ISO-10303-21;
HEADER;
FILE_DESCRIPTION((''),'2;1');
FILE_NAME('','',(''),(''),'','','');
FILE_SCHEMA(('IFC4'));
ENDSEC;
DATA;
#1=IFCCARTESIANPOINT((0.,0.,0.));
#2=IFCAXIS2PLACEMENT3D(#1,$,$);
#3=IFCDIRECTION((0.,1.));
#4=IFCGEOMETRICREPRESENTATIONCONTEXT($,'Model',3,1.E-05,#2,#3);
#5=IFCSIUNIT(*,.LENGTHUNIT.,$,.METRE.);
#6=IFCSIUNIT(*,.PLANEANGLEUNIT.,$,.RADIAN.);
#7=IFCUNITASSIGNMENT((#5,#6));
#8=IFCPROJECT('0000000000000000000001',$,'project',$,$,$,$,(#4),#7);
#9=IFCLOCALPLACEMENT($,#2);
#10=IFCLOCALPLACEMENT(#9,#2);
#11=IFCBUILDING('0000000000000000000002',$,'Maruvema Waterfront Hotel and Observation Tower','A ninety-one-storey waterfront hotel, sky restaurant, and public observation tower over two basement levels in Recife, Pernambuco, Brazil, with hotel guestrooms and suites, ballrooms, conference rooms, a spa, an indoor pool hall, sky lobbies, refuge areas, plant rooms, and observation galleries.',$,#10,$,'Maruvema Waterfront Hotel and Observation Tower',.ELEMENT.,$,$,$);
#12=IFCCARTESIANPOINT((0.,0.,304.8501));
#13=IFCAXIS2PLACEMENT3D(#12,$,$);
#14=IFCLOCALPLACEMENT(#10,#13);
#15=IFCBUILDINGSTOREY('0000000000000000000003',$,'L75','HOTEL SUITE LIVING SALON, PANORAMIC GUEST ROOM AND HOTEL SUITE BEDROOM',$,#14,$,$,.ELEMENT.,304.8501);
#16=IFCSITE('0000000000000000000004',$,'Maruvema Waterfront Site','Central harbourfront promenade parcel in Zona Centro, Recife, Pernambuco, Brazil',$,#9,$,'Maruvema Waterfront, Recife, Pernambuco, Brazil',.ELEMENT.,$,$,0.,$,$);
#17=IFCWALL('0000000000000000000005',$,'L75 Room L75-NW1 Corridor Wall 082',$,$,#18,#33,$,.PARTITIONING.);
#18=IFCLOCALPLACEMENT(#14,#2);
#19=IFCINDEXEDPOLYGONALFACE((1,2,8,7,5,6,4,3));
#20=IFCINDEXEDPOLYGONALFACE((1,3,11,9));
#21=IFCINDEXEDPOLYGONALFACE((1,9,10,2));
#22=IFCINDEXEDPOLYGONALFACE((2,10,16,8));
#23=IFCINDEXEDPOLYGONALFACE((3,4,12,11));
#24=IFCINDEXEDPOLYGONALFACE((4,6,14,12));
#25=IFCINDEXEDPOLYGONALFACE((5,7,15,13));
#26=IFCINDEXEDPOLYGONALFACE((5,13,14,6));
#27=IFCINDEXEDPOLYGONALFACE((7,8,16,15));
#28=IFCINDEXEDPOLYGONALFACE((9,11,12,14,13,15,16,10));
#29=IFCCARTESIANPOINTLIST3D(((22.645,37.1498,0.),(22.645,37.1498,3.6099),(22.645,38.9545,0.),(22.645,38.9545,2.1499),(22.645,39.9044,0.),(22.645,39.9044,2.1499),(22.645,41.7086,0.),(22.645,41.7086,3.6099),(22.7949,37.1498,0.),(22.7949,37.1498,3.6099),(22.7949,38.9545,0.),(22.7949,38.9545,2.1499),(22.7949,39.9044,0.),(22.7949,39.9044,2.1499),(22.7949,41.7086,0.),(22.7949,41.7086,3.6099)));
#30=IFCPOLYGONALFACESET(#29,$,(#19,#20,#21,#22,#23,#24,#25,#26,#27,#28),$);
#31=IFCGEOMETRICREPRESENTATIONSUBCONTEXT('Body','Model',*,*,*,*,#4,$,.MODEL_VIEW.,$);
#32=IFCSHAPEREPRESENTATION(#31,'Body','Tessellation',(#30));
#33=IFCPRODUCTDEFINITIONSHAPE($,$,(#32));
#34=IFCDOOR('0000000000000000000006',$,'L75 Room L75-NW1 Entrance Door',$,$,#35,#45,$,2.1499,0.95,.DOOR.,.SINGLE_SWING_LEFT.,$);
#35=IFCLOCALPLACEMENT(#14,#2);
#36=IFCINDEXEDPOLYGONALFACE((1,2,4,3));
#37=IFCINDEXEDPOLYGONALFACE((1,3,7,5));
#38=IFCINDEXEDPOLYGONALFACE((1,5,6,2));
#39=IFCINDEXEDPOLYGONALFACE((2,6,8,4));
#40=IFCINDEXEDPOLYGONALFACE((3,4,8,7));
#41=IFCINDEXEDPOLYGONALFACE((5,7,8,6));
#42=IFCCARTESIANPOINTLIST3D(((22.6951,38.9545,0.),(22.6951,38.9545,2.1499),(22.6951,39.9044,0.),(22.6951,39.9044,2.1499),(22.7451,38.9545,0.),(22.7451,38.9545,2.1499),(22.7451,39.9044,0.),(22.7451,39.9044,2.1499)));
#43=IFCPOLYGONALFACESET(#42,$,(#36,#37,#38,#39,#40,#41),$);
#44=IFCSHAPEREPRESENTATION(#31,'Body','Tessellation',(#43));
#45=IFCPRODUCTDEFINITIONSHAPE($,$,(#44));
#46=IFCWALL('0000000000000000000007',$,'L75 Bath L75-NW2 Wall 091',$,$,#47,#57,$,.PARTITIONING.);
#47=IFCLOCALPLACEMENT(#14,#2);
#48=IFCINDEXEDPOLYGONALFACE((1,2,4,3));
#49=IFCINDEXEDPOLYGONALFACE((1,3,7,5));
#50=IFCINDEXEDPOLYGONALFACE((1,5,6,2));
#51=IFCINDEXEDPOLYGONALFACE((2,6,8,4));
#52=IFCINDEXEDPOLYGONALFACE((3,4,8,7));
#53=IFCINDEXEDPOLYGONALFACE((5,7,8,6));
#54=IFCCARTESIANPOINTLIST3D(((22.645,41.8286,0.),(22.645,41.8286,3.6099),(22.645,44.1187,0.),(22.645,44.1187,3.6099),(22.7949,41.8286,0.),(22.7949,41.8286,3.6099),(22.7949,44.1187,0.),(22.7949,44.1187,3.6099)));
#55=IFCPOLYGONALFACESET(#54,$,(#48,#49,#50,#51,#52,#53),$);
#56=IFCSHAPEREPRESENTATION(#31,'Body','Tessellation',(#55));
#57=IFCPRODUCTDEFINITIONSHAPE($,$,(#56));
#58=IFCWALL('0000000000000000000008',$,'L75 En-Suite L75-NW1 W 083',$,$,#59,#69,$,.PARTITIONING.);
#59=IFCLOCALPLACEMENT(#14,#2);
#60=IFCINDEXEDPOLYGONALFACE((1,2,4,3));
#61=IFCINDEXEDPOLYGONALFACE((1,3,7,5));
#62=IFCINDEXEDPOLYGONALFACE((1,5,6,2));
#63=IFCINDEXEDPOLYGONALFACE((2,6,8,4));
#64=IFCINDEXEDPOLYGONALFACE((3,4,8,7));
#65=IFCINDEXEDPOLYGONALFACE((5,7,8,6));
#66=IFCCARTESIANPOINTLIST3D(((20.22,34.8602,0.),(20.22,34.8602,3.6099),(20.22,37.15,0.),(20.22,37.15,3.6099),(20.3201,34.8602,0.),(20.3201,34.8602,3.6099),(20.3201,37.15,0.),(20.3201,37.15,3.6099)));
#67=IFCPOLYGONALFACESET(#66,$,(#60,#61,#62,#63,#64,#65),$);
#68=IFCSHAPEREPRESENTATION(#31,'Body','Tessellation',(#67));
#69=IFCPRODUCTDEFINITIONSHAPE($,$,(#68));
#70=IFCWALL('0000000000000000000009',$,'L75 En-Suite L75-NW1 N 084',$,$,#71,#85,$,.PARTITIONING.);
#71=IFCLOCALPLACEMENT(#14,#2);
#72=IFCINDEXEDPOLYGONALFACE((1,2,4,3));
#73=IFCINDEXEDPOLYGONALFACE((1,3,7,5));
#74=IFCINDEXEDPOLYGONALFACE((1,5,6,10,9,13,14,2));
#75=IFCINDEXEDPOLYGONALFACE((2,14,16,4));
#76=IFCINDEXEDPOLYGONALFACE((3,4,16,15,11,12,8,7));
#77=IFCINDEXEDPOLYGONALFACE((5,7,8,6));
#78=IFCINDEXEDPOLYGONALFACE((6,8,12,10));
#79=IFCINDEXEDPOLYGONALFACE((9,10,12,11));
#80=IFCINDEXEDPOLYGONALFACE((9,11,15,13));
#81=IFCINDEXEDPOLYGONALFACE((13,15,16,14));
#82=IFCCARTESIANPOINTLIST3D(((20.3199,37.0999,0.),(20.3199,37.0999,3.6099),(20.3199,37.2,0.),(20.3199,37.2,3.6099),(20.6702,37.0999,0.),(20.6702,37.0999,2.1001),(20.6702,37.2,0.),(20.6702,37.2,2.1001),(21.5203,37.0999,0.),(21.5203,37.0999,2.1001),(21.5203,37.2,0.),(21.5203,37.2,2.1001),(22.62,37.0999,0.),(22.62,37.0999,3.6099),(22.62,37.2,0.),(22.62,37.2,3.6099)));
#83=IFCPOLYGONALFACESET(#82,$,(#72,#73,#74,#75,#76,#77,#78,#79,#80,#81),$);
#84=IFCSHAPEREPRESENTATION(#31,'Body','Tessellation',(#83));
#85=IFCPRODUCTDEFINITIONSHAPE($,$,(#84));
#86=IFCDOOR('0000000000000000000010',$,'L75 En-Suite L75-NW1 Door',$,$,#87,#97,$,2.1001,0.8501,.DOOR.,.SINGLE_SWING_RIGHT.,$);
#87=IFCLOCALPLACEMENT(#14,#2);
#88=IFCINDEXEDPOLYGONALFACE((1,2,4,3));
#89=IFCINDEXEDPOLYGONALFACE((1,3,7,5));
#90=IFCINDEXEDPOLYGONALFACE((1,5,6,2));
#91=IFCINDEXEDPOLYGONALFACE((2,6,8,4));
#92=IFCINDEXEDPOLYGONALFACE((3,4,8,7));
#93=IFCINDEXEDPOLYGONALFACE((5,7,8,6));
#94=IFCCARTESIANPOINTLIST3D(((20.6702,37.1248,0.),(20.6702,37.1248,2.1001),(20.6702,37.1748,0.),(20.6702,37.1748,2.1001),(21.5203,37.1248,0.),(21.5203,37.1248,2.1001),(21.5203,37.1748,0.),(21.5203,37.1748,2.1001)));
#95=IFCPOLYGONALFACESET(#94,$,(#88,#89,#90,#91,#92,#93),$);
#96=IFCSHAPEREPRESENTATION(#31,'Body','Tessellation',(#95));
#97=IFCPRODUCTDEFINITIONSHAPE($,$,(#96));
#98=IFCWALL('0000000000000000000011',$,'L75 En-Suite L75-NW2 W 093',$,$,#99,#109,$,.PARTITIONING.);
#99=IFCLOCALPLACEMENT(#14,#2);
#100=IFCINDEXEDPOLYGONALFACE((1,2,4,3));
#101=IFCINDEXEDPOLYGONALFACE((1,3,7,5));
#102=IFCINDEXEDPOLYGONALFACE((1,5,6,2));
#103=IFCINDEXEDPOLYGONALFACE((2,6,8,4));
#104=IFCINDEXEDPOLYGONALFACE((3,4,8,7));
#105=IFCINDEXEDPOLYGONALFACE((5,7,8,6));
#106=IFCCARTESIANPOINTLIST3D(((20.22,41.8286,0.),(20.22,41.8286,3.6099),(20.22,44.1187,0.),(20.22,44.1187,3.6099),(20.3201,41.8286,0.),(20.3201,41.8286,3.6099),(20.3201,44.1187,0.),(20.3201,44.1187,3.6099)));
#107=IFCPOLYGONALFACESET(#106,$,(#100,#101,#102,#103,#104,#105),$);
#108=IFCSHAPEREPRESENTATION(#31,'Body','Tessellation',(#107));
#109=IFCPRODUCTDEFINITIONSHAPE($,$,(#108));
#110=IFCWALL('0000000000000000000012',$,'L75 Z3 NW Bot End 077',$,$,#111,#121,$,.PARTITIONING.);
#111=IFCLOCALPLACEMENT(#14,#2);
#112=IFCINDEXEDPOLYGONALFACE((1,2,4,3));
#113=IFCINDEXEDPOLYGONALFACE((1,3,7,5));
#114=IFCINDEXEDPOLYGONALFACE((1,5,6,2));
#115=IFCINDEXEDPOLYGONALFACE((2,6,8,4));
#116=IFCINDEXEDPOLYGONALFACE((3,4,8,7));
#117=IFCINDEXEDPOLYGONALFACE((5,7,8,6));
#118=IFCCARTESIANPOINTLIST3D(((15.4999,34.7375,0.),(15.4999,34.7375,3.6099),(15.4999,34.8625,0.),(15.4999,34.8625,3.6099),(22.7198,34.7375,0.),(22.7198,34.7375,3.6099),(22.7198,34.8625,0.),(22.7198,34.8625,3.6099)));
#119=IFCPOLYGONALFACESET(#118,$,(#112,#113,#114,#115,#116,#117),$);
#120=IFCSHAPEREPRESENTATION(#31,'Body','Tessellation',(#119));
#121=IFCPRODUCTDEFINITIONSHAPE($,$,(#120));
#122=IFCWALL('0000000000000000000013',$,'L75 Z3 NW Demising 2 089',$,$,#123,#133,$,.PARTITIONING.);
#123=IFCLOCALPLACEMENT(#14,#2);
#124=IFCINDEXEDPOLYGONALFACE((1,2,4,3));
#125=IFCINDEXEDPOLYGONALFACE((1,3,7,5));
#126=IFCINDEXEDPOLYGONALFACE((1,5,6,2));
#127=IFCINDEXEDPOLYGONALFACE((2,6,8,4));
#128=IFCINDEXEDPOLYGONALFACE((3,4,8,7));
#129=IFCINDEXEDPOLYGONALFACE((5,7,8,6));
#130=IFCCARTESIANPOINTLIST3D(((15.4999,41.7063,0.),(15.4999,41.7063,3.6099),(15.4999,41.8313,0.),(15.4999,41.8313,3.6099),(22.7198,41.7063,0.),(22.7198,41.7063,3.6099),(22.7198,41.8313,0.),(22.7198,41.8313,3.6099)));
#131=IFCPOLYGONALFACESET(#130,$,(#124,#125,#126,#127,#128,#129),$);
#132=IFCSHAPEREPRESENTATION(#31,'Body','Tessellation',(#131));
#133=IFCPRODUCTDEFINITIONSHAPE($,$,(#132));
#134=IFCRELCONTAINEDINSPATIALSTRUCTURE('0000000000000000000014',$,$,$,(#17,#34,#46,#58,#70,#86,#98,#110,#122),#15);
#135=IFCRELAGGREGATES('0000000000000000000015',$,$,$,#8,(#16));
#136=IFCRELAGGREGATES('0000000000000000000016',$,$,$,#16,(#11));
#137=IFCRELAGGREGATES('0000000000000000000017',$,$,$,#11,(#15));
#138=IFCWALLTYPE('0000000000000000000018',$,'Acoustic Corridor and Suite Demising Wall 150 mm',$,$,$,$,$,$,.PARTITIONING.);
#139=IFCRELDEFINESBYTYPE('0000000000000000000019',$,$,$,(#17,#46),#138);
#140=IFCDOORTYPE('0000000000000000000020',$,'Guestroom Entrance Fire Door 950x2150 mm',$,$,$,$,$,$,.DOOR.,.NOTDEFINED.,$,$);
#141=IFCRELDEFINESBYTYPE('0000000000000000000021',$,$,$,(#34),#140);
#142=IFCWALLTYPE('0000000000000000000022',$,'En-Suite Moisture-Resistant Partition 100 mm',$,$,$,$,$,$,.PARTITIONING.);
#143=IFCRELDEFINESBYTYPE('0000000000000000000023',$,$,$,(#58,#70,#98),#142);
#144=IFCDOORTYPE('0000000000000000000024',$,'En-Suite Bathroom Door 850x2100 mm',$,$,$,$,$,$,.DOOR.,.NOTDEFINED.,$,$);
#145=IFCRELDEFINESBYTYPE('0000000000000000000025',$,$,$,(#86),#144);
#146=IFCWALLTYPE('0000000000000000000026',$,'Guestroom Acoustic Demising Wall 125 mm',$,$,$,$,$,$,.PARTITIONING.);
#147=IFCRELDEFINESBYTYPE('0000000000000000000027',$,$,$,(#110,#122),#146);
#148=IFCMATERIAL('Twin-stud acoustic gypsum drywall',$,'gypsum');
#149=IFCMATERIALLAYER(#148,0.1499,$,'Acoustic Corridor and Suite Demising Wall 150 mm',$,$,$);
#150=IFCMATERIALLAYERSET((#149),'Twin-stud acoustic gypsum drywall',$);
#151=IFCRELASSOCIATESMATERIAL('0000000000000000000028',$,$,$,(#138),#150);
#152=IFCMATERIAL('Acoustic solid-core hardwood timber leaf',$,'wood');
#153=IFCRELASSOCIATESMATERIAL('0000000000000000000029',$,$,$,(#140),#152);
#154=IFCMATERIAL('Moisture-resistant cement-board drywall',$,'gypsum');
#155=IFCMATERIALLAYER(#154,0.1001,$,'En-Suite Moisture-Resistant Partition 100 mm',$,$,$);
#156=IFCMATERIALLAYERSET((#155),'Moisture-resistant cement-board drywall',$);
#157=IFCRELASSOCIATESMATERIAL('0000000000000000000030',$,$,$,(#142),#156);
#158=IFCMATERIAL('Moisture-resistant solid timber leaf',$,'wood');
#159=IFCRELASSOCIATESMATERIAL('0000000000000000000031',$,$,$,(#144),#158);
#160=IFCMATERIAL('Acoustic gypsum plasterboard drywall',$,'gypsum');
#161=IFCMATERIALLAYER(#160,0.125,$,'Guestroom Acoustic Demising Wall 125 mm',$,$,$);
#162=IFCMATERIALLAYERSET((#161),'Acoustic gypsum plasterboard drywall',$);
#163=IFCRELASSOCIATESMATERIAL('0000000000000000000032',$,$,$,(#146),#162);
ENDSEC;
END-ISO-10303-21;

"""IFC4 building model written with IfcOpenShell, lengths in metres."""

from ifc_helpers import new_model, si_unit, direction, frame, frame_2d, origin, place, context, subcontext, project, spatial, rectangle, extrude, material, layer, layer_set, type_object, element, fill, save


model = new_model("IFC4")

# Units and contexts
model_context = context("Model", 3, precision=1e-05, world=origin(), true_north=direction((0.0, 1.0)))
body_context = subcontext(model_context, "Body", "Model", "MODEL_VIEW")
ifc_project = project(units=[si_unit("LENGTHUNIT", "METRE"), si_unit("PLANEANGLEUNIT", "RADIAN")], contexts=[model_context])

# Site, building, storey
site_placement = place(None, origin())
site = spatial("IfcSite", under=ifc_project, at=site_placement, Name="Maruvema Waterfront Site", Description="Central harbourfront promenade parcel in Zona Centro, Recife, Pernambuco, Brazil", LongName="Maruvema Waterfront, Recife, Pernambuco, Brazil", CompositionType="ELEMENT", RefElevation=0.0)
building_placement = place(site_placement, origin())
building = spatial("IfcBuilding", under=site, at=building_placement, Name="Maruvema Waterfront Hotel and Observation Tower", Description="A ninety-one-storey waterfront hotel, sky restaurant, and public observation tower over two basement levels in Recife, Pernambuco, Brazil, with hotel guestrooms and suites, ballrooms, conference rooms, a spa, an indoor pool hall, sky lobbies, refuge areas, plant rooms, and observation galleries.", LongName="Maruvema Waterfront Hotel and Observation Tower", CompositionType="ELEMENT")
storey_placement = place(building_placement, frame((0.0, 0.0, 304.8501)))
storey = spatial("IfcBuildingStorey", under=building, at=storey_placement, Name="L75", Description="HOTEL SUITE LIVING SALON, PANORAMIC GUEST ROOM AND HOTEL SUITE BEDROOM", CompositionType="ELEMENT", Elevation=304.8501)

# Shared definitions
ifc_material_1 = material(Name="Twin-stud acoustic gypsum drywall", Category="gypsum")
ifc_layer_1 = layer(ifc_material_1, 0.1499, Name="Acoustic Corridor and Suite Demising Wall 150 mm")
ifc_layer_set_1 = layer_set([ifc_layer_1], Name="Twin-stud acoustic gypsum drywall")
wall_type_1 = type_object("IfcWallType", Name="Acoustic Corridor and Suite Demising Wall 150 mm", PredefinedType="PARTITIONING", material=ifc_layer_set_1)

# Wall, opening, door
wall_1_placement = place(storey_placement, frame((22.72, 37.1499, 0.0), z_axis=(0.0, 0.0, 1.0), x_axis=(0.0, 1.0, 0.0)))
wall_1 = element("IfcWall", 1, at=wall_1_placement, inside=storey, type_object=wall_type_1, Name="L75 Room L75-NW1 Corridor Wall 082", PredefinedType="PARTITIONING", context=body_context, shape_type="SweptSolid", body=[
    extrude(rectangle(XDim=4.5588, YDim=0.1499, at=frame_2d((2.2793, 0.0))), origin(), (0.0, 0.0, 1.0), 3.6099),
])
opening_1_placement = place(wall_1_placement, frame((1.8044, 0.0, 0.0)))
opening_1 = element("IfcOpeningElement", 2, at=opening_1_placement, cuts=wall_1, PredefinedType="OPENING", context=body_context, shape_type="SweptSolid", body=[
    extrude(rectangle(XDim=0.95, YDim=2.1499, at=frame_2d((0.4751, 1.075))), frame((0.0, 0.085, 0.0), z_axis=(0.0, -1.0, 0.0), x_axis=(1.0, 0.0, 0.0)), (0.0, 0.0, 1.0), 0.1699),
])
ifc_material_2 = material(Name="Acoustic solid-core hardwood timber leaf", Category="wood")
door_type_1 = type_object("IfcDoorType", Name="Guestroom Entrance Fire Door 950x2150 mm", OperationType="NOTDEFINED", PredefinedType="DOOR", material=ifc_material_2)
door_1_placement = place(opening_1_placement, origin())
door_1 = element("IfcDoor", 3, at=door_1_placement, inside=storey, type_object=door_type_1, Name="L75 Room L75-NW1 Entrance Door", OperationType="SINGLE_SWING_LEFT", OverallHeight=2.1499, OverallWidth=0.95, PredefinedType="DOOR", context=body_context, shape_type="SweptSolid", body=[
    extrude(rectangle(XDim=0.95, YDim=2.1499, at=frame_2d((0.4751, 1.075))), frame((0.0, 0.0249, 0.0), z_axis=(0.0, -1.0, 0.0), x_axis=(1.0, 0.0, 0.0)), (0.0, 0.0, 1.0), 0.05),
])
fill(opening_1, door_1)

# Wall
wall_2_placement = place(storey_placement, frame((22.72, 41.8286, 0.0), z_axis=(0.0, 0.0, 1.0), x_axis=(0.0, 1.0, 0.0)))
element("IfcWall", 4, at=wall_2_placement, inside=storey, type_object=wall_type_1, Name="L75 Bath L75-NW2 Wall 091", PredefinedType="PARTITIONING", context=body_context, shape_type="SweptSolid", body=[
    extrude(rectangle(XDim=2.29, YDim=0.1499, at=frame_2d((1.145, 0.0))), origin(), (0.0, 0.0, 1.0), 3.6099),
])

# Wall
ifc_material_3 = material(Name="Moisture-resistant cement-board drywall", Category="gypsum")
ifc_layer_2 = layer(ifc_material_3, 0.1001, Name="En-Suite Moisture-Resistant Partition 100 mm")
ifc_layer_set_2 = layer_set([ifc_layer_2], Name="Moisture-resistant cement-board drywall")
wall_type_2 = type_object("IfcWallType", Name="En-Suite Moisture-Resistant Partition 100 mm", PredefinedType="PARTITIONING", material=ifc_layer_set_2)
wall_3_placement = place(storey_placement, frame((20.27, 34.8601, 0.0), z_axis=(0.0, 0.0, 1.0), x_axis=(0.0, 1.0, 0.0)))
element("IfcWall", 5, at=wall_3_placement, inside=storey, type_object=wall_type_2, Name="L75 En-Suite L75-NW1 W 083", PredefinedType="PARTITIONING", context=body_context, shape_type="SweptSolid", body=[
    extrude(rectangle(XDim=2.2898, YDim=0.1001, at=frame_2d((1.145, 0.0))), origin(), (0.0, 0.0, 1.0), 3.6099),
])

# Wall, opening, door
wall_4_placement = place(storey_placement, frame((20.3201, 37.1499, 0.0), z_axis=(0.0, 0.0, 1.0), x_axis=(1.0, 0.0, 0.0)))
wall_4 = element("IfcWall", 6, at=wall_4_placement, inside=storey, type_object=wall_type_2, Name="L75 En-Suite L75-NW1 N 084", PredefinedType="PARTITIONING", context=body_context, shape_type="SweptSolid", body=[
    extrude(rectangle(XDim=2.3, YDim=0.1001, at=frame_2d((1.1499, 0.0))), origin(), (0.0, 0.0, 1.0), 3.6099),
])
opening_2_placement = place(wall_4_placement, frame((0.3501, 0.0, 0.0)))
opening_2 = element("IfcOpeningElement", 7, at=opening_2_placement, cuts=wall_4, PredefinedType="OPENING", context=body_context, shape_type="SweptSolid", body=[
    extrude(rectangle(XDim=0.8501, YDim=2.1001, at=frame_2d((0.425, 1.05))), frame((0.0, 0.0601, 0.0), z_axis=(0.0, -1.0, 0.0), x_axis=(1.0, 0.0, 0.0)), (0.0, 0.0, 1.0), 0.1201),
])
ifc_material_4 = material(Name="Moisture-resistant solid timber leaf", Category="wood")
door_type_2 = type_object("IfcDoorType", Name="En-Suite Bathroom Door 850x2100 mm", OperationType="NOTDEFINED", PredefinedType="DOOR", material=ifc_material_4)
door_2_placement = place(opening_2_placement, origin())
door_2 = element("IfcDoor", 8, at=door_2_placement, inside=storey, type_object=door_type_2, Name="L75 En-Suite L75-NW1 Door", OperationType="SINGLE_SWING_RIGHT", OverallHeight=2.1001, OverallWidth=0.8501, PredefinedType="DOOR", context=body_context, shape_type="SweptSolid", body=[
    extrude(rectangle(XDim=0.8501, YDim=2.1001, at=frame_2d((0.425, 1.05))), frame((0.0, 0.0249, 0.0), z_axis=(0.0, -1.0, 0.0), x_axis=(1.0, 0.0, 0.0)), (0.0, 0.0, 1.0), 0.05),
])
fill(opening_2, door_2)

# Walls
wall_5_placement = place(storey_placement, frame((20.27, 41.8286, 0.0), z_axis=(0.0, 0.0, 1.0), x_axis=(0.0, 1.0, 0.0)))
element("IfcWall", 9, at=wall_5_placement, inside=storey, type_object=wall_type_2, Name="L75 En-Suite L75-NW2 W 093", PredefinedType="PARTITIONING", context=body_context, shape_type="SweptSolid", body=[
    extrude(rectangle(XDim=2.29, YDim=0.1001, at=frame_2d((1.145, 0.0))), origin(), (0.0, 0.0, 1.0), 3.6099),
])
ifc_material_5 = material(Name="Acoustic gypsum plasterboard drywall", Category="gypsum")
ifc_layer_3 = layer(ifc_material_5, 0.125, Name="Guestroom Acoustic Demising Wall 125 mm")
ifc_layer_set_3 = layer_set([ifc_layer_3], Name="Acoustic gypsum plasterboard drywall")
wall_type_3 = type_object("IfcWallType", Name="Guestroom Acoustic Demising Wall 125 mm", PredefinedType="PARTITIONING", material=ifc_layer_set_3)
for number, where, z_axis, x_axis, name in (
    (10, (15.5, 34.8, 0.0), (0.0, 0.0, 1.0), (1.0, 0.0, 0.0), "L75 Z3 NW Bot End 077"),
    (11, (15.5, 41.7688, 0.0), (0.0, 0.0, 1.0), (1.0, 0.0, 0.0), "L75 Z3 NW Demising 2 089"),
):
    element("IfcWall", number, at=place(storey_placement, frame(where, z_axis=z_axis, x_axis=x_axis)), inside=storey, type_object=wall_type_3, Name=name, PredefinedType="PARTITIONING", context=body_context, shape_type="SweptSolid", body=[
        extrude(rectangle(XDim=7.22, YDim=0.125, at=frame_2d((3.6099, 0.0))), origin(), (0.0, 0.0, 1.0), 3.6099),
    ])

save(model, "model.ifc")
